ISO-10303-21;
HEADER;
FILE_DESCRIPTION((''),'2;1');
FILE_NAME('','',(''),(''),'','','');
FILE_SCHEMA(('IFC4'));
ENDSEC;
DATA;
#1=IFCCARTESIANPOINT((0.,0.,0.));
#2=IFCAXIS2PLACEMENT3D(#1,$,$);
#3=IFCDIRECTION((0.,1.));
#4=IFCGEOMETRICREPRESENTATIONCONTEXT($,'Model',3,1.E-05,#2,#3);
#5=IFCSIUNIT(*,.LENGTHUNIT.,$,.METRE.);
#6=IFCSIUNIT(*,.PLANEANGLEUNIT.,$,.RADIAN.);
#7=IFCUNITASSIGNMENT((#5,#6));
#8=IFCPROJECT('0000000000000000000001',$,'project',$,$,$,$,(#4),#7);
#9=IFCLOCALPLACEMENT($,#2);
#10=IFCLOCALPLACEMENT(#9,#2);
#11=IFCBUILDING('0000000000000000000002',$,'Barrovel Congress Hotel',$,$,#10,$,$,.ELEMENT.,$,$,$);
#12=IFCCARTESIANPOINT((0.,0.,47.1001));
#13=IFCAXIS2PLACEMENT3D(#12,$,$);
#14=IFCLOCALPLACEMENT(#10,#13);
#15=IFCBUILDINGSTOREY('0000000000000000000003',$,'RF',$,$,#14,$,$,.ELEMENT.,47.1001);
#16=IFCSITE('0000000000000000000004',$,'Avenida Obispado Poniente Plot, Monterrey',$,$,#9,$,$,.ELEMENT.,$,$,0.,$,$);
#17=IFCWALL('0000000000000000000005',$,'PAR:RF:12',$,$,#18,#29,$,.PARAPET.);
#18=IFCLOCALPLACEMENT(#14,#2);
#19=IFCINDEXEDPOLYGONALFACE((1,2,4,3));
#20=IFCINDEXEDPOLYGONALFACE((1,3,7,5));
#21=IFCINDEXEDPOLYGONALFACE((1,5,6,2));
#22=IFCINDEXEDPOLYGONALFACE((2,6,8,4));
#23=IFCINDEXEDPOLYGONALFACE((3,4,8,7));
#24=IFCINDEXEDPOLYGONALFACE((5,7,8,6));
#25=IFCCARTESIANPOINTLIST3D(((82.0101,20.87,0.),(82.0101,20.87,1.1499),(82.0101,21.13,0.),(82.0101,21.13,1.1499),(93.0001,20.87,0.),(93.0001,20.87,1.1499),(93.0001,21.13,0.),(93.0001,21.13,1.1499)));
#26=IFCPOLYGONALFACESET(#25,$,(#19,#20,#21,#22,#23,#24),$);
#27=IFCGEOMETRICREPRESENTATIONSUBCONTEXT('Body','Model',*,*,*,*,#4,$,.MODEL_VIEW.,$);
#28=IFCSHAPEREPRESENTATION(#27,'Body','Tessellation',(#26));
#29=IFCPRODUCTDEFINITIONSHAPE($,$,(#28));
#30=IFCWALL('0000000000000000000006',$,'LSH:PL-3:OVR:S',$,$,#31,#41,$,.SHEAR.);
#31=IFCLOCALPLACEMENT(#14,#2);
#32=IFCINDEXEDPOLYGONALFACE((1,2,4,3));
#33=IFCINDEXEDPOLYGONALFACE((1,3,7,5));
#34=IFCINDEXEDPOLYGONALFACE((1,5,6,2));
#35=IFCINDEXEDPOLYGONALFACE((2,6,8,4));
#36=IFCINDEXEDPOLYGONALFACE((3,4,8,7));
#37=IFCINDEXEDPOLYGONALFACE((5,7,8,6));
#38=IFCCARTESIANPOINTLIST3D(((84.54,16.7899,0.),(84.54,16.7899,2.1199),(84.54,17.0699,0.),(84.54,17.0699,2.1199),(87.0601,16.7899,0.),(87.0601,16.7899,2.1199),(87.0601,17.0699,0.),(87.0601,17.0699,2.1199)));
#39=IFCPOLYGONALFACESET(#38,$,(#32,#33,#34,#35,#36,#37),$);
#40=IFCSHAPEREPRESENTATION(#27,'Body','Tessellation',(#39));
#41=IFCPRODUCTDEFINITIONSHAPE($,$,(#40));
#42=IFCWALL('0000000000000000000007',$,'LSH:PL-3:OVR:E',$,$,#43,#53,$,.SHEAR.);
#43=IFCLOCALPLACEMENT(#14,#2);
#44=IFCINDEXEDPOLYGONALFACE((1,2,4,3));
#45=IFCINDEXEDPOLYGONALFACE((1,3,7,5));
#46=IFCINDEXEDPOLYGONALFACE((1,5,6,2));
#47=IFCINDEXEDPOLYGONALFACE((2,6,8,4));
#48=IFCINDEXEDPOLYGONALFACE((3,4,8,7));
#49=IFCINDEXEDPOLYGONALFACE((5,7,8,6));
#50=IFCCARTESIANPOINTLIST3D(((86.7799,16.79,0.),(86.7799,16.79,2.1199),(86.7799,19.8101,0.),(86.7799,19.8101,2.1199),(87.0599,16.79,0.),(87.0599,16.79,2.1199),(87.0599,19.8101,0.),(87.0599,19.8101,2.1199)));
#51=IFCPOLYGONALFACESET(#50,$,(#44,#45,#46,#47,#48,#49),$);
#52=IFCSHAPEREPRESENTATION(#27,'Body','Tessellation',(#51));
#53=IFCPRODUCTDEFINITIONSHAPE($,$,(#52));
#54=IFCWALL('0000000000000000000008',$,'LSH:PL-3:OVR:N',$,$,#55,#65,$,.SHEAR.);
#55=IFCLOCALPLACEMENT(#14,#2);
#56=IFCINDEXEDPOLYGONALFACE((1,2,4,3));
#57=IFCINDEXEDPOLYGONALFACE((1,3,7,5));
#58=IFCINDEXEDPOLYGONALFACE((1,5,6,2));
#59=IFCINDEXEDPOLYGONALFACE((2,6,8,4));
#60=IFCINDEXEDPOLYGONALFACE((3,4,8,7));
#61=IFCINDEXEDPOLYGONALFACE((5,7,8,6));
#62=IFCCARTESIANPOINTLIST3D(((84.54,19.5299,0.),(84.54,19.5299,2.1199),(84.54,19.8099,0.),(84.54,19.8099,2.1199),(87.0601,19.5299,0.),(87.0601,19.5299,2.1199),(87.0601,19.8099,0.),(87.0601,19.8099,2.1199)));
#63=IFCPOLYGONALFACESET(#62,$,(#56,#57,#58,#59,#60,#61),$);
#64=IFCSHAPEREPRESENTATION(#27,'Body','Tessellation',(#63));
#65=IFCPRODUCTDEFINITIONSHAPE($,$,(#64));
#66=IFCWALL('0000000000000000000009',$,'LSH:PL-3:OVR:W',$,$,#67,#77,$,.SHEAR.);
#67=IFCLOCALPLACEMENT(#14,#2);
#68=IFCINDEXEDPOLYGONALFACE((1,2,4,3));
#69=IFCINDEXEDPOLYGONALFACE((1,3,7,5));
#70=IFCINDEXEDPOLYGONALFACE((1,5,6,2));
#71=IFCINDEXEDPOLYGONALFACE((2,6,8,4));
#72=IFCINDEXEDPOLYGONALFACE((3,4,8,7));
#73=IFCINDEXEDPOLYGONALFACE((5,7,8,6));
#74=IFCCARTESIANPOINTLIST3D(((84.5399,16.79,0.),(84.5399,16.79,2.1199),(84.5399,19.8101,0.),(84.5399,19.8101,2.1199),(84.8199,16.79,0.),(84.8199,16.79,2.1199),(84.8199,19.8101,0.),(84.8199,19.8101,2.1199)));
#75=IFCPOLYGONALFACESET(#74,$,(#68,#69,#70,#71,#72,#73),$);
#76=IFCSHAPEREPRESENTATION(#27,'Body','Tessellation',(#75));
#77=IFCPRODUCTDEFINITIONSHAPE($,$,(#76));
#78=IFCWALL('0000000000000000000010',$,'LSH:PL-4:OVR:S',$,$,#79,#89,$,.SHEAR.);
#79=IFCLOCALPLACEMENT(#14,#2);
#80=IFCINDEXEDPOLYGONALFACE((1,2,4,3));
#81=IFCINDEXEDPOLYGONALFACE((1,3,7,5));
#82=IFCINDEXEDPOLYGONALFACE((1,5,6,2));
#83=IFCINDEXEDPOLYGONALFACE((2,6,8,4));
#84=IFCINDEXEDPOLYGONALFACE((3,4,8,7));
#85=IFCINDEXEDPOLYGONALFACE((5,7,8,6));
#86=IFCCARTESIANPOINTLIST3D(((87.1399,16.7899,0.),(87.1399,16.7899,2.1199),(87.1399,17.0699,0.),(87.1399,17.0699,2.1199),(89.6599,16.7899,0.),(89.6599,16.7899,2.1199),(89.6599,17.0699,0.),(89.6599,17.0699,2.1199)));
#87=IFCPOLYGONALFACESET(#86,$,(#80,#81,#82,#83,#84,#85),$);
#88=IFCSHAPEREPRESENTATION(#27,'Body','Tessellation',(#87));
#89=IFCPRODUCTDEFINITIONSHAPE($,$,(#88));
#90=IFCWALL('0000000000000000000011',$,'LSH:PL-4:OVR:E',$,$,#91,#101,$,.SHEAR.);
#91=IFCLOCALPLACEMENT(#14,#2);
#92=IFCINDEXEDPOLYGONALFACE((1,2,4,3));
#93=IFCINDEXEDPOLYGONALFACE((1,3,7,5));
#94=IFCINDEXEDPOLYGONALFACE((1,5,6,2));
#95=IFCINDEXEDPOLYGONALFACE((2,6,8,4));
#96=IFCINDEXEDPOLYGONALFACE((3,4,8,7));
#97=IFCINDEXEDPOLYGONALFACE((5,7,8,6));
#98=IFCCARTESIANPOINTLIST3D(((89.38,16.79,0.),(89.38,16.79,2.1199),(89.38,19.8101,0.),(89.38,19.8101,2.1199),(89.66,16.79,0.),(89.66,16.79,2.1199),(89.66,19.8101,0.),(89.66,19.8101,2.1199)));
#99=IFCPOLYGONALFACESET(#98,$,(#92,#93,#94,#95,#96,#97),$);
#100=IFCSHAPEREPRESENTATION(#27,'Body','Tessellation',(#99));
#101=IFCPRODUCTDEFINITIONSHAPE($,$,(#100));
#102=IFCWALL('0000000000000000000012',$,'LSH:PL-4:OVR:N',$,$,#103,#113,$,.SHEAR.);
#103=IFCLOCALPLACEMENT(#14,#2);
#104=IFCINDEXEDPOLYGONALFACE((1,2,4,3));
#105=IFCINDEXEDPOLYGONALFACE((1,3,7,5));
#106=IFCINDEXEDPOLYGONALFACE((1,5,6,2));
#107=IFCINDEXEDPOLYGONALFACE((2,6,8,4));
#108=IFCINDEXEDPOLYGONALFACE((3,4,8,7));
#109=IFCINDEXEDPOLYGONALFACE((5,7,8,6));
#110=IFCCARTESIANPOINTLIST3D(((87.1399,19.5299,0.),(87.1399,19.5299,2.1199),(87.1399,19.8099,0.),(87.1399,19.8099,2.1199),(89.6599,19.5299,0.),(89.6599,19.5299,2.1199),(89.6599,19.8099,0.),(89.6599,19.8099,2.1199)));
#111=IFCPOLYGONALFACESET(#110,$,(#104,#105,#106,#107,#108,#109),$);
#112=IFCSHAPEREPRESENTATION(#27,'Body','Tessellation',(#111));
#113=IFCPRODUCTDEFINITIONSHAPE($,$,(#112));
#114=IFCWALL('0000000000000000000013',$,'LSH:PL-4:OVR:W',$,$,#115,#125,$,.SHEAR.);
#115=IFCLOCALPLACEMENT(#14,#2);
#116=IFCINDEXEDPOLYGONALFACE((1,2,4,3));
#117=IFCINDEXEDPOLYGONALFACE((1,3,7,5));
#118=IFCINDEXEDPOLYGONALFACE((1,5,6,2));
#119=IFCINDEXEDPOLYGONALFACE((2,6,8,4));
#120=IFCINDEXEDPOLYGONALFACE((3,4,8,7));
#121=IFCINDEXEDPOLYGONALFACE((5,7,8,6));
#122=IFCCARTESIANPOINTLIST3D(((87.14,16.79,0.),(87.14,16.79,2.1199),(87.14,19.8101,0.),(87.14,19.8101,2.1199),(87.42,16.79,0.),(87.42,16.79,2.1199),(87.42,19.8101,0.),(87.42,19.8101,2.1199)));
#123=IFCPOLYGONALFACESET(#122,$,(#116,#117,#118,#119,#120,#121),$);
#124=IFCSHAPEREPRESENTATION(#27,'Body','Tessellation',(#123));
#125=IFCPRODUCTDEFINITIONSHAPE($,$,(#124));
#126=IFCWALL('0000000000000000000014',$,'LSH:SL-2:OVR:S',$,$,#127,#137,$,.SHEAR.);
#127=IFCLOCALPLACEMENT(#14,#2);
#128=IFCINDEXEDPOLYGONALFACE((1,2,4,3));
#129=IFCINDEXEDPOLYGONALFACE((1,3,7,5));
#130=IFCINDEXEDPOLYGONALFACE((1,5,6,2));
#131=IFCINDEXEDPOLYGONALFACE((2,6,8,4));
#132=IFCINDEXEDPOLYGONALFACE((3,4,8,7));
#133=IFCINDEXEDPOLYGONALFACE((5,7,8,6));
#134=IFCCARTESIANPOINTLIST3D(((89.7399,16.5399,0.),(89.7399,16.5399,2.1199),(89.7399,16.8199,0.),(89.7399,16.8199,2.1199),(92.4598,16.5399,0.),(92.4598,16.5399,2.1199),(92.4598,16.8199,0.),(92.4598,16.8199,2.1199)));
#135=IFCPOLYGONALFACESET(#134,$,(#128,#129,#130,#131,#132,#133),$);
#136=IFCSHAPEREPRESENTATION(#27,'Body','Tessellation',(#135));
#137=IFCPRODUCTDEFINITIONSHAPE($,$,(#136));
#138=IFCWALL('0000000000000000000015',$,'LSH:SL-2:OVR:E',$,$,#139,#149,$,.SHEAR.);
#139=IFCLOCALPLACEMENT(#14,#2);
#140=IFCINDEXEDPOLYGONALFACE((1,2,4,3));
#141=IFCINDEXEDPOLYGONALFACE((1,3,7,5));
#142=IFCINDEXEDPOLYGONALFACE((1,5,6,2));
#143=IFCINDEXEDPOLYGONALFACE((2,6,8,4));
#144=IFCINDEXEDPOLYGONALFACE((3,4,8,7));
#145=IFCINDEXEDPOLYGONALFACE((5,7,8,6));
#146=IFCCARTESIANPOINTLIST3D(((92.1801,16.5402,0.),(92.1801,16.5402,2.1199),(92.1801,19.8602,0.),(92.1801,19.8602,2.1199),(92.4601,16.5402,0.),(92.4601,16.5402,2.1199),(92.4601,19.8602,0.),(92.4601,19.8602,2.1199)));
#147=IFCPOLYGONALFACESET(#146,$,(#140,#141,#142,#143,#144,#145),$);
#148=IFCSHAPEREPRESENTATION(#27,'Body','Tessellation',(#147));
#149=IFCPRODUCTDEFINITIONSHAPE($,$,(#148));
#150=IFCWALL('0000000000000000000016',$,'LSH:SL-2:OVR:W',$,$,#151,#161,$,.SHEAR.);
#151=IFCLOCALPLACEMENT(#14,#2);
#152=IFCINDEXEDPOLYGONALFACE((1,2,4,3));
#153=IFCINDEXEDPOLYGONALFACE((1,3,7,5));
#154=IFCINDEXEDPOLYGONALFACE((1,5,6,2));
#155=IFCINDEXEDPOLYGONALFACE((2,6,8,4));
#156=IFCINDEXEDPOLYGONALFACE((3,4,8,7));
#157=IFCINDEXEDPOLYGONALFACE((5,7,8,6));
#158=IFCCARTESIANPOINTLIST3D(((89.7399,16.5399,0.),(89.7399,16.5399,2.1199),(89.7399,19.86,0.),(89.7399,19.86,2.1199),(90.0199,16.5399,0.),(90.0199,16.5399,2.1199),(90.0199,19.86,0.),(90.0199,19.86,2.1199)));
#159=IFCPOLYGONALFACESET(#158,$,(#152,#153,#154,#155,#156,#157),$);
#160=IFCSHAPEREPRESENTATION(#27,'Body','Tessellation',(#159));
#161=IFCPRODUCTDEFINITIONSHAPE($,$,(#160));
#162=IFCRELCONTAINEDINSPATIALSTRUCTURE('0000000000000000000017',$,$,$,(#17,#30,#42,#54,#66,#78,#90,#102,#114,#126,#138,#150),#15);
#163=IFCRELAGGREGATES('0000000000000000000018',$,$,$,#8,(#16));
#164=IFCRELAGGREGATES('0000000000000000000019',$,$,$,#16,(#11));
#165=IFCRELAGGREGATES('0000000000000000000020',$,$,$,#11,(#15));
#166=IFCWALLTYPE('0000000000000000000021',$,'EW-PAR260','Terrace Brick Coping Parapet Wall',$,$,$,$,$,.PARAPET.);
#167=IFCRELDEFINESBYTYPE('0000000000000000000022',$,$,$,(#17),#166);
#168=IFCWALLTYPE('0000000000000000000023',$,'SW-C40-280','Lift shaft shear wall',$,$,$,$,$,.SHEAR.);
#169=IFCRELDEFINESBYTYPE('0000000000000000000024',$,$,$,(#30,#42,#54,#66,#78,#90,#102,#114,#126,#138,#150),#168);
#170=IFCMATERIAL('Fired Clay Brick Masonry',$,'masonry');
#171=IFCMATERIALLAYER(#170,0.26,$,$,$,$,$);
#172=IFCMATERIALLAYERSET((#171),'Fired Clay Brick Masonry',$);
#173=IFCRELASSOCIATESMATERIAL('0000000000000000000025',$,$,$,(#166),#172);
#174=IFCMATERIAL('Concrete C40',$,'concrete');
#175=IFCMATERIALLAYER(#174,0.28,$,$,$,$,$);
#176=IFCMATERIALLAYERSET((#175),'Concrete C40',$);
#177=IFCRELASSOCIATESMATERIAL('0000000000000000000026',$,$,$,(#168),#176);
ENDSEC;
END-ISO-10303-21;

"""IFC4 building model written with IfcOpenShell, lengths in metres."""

from ifc_helpers import new_model, si_unit, direction, frame, frame_2d, origin, place, context, subcontext, project, spatial, rectangle, extrude, material, layer, layer_set, type_object, element, save


model = new_model("IFC4")

# Units and contexts
model_context = context("Model", 3, precision=1e-05, world=origin(), true_north=direction((0.0, 1.0)))
body_context = subcontext(model_context, "Body", "Model", "MODEL_VIEW")
ifc_project = project(units=[si_unit("LENGTHUNIT", "METRE"), si_unit("PLANEANGLEUNIT", "RADIAN")], contexts=[model_context])

# Site, building, storey
site_placement = place(None, origin())
site = spatial("IfcSite", under=ifc_project, at=site_placement, Name="Avenida Obispado Poniente Plot, Monterrey", CompositionType="ELEMENT", RefElevation=0.0)
building_placement = place(site_placement, origin())
building = spatial("IfcBuilding", under=site, at=building_placement, Name="Barrovel Congress Hotel", CompositionType="ELEMENT")
storey_placement = place(building_placement, frame((0.0, 0.0, 47.1001)))
storey = spatial("IfcBuildingStorey", under=building, at=storey_placement, Name="RF", CompositionType="ELEMENT", Elevation=47.1001)

# Shared definitions
ifc_material_1 = material(Name="Concrete C40", Category="concrete")

# Walls
ifc_material_2 = material(Name="Fired Clay Brick Masonry", Category="masonry")
ifc_layer_1 = layer(ifc_material_2, 0.26)
ifc_layer_set_1 = layer_set([ifc_layer_1], Name="Fired Clay Brick Masonry")
wall_type_1 = type_object("IfcWallType", Name="EW-PAR260", Description="Terrace Brick Coping Parapet Wall", PredefinedType="PARAPET", material=ifc_layer_set_1)
wall_1_placement = place(storey_placement, frame((82.01, 21.0, 0.0), z_axis=(0.0, 0.0, 1.0), x_axis=(1.0, 0.0, 0.0)))
element("IfcWall", 1, at=wall_1_placement, inside=storey, type_object=wall_type_1, Name="PAR:RF:12", PredefinedType="PARAPET", context=body_context, shape_type="SweptSolid", body=[
    extrude(rectangle(XDim=10.99, YDim=0.26, at=frame_2d((5.4951, 0.0))), origin(), (0.0, 0.0, 1.0), 1.1499),
])
ifc_layer_2 = layer(ifc_material_1, 0.28)
ifc_layer_set_2 = layer_set([ifc_layer_2], Name="Concrete C40")
wall_type_2 = type_object("IfcWallType", Name="SW-C40-280", Description="Lift shaft shear wall", PredefinedType="SHEAR", material=ifc_layer_set_2)
wall_2_placement = place(storey_placement, frame((84.54, 16.9299, 0.0), z_axis=(0.0, 0.0, 1.0), x_axis=(1.0, 0.0, 0.0)))
element("IfcWall", 2, at=wall_2_placement, inside=storey, type_object=wall_type_2, Name="LSH:PL-3:OVR:S", PredefinedType="SHEAR", context=body_context, shape_type="SweptSolid", body=[
    extrude(rectangle(XDim=2.52, YDim=0.28, at=frame_2d((1.26, 0.0))), origin(), (0.0, 0.0, 1.0), 2.1199),
])
wall_3_placement = place(storey_placement, frame((86.9199, 16.79, 0.0), z_axis=(0.0, 0.0, 1.0), x_axis=(0.0, 1.0, 0.0)))
element("IfcWall", 3, at=wall_3_placement, inside=storey, type_object=wall_type_2, Name="LSH:PL-3:OVR:E", PredefinedType="SHEAR", context=body_context, shape_type="SweptSolid", body=[
    extrude(rectangle(XDim=3.02, YDim=0.28, at=frame_2d((1.51, 0.0))), origin(), (0.0, 0.0, 1.0), 2.1199),
])
wall_4_placement = place(storey_placement, frame((87.0601, 19.6699, 0.0), z_axis=(0.0, 0.0, 1.0), x_axis=(-1.0, 0.0, 0.0)))
element("IfcWall", 4, at=wall_4_placement, inside=storey, type_object=wall_type_2, Name="LSH:PL-3:OVR:N", PredefinedType="SHEAR", context=body_context, shape_type="SweptSolid", body=[
    extrude(rectangle(XDim=2.52, YDim=0.28, at=frame_2d((1.26, 0.0))), origin(), (0.0, 0.0, 1.0), 2.1199),
])
wall_5_placement = place(storey_placement, frame((84.6799, 19.8101, 0.0), z_axis=(0.0, 0.0, 1.0), x_axis=(0.0, -1.0, 0.0)))
element("IfcWall", 5, at=wall_5_placement, inside=storey, type_object=wall_type_2, Name="LSH:PL-3:OVR:W", PredefinedType="SHEAR", context=body_context, shape_type="SweptSolid", body=[
    extrude(rectangle(XDim=3.02, YDim=0.28, at=frame_2d((1.51, 0.0))), origin(), (0.0, 0.0, 1.0), 2.1199),
])
wall_6_placement = place(storey_placement, frame((87.1399, 16.9299, 0.0), z_axis=(0.0, 0.0, 1.0), x_axis=(1.0, 0.0, 0.0)))
element("IfcWall", 6, at=wall_6_placement, inside=storey, type_object=wall_type_2, Name="LSH:PL-4:OVR:S", PredefinedType="SHEAR", context=body_context, shape_type="SweptSolid", body=[
    extrude(rectangle(XDim=2.52, YDim=0.28, at=frame_2d((1.26, 0.0))), origin(), (0.0, 0.0, 1.0), 2.1199),
])
wall_7_placement = place(storey_placement, frame((89.52, 16.79, 0.0), z_axis=(0.0, 0.0, 1.0), x_axis=(0.0, 1.0, 0.0)))
element("IfcWall", 7, at=wall_7_placement, inside=storey, type_object=wall_type_2, Name="LSH:PL-4:OVR:E", PredefinedType="SHEAR", context=body_context, shape_type="SweptSolid", body=[
    extrude(rectangle(XDim=3.02, YDim=0.28, at=frame_2d((1.51, 0.0))), origin(), (0.0, 0.0, 1.0), 2.1199),
])
wall_8_placement = place(storey_placement, frame((89.6599, 19.6699, 0.0), z_axis=(0.0, 0.0, 1.0), x_axis=(-1.0, 0.0, 0.0)))
element("IfcWall", 8, at=wall_8_placement, inside=storey, type_object=wall_type_2, Name="LSH:PL-4:OVR:N", PredefinedType="SHEAR", context=body_context, shape_type="SweptSolid", body=[
    extrude(rectangle(XDim=2.52, YDim=0.28, at=frame_2d((1.26, 0.0))), origin(), (0.0, 0.0, 1.0), 2.1199),
])
wall_9_placement = place(storey_placement, frame((87.28, 19.8101, 0.0), z_axis=(0.0, 0.0, 1.0), x_axis=(0.0, -1.0, 0.0)))
element("IfcWall", 9, at=wall_9_placement, inside=storey, type_object=wall_type_2, Name="LSH:PL-4:OVR:W", PredefinedType="SHEAR", context=body_context, shape_type="SweptSolid", body=[
    extrude(rectangle(XDim=3.02, YDim=0.28, at=frame_2d((1.51, 0.0))), origin(), (0.0, 0.0, 1.0), 2.1199),
])
wall_10_placement = place(storey_placement, frame((89.74, 16.6799, 0.0), z_axis=(0.0, 0.0, 1.0), x_axis=(1.0, 0.0, 0.0)))
element("IfcWall", 10, at=wall_10_placement, inside=storey, type_object=wall_type_2, Name="LSH:SL-2:OVR:S", PredefinedType="SHEAR", context=body_context, shape_type="SweptSolid", body=[
    extrude(rectangle(XDim=2.72, YDim=0.28, at=frame_2d((1.3599, 0.0))), origin(), (0.0, 0.0, 1.0), 2.1199),
])
for number, where, z_axis, x_axis, name in (
    (11, (92.3201, 16.54, 0.0), (0.0, 0.0, 1.0), (0.0, 1.0, 0.0), "LSH:SL-2:OVR:E"),
    (12, (89.8799, 19.8601, 0.0), (0.0, 0.0, 1.0), (0.0, -1.0, 0.0), "LSH:SL-2:OVR:W"),
):
    element("IfcWall", number, at=place(storey_placement, frame(where, z_axis=z_axis, x_axis=x_axis)), inside=storey, type_object=wall_type_2, Name=name, PredefinedType="SHEAR", context=body_context, shape_type="SweptSolid", body=[
        extrude(rectangle(XDim=3.3201, YDim=0.28, at=frame_2d((1.6602, 0.0))), origin(), (0.0, 0.0, 1.0), 2.1199),
    ])

save(model, "model.ifc")
